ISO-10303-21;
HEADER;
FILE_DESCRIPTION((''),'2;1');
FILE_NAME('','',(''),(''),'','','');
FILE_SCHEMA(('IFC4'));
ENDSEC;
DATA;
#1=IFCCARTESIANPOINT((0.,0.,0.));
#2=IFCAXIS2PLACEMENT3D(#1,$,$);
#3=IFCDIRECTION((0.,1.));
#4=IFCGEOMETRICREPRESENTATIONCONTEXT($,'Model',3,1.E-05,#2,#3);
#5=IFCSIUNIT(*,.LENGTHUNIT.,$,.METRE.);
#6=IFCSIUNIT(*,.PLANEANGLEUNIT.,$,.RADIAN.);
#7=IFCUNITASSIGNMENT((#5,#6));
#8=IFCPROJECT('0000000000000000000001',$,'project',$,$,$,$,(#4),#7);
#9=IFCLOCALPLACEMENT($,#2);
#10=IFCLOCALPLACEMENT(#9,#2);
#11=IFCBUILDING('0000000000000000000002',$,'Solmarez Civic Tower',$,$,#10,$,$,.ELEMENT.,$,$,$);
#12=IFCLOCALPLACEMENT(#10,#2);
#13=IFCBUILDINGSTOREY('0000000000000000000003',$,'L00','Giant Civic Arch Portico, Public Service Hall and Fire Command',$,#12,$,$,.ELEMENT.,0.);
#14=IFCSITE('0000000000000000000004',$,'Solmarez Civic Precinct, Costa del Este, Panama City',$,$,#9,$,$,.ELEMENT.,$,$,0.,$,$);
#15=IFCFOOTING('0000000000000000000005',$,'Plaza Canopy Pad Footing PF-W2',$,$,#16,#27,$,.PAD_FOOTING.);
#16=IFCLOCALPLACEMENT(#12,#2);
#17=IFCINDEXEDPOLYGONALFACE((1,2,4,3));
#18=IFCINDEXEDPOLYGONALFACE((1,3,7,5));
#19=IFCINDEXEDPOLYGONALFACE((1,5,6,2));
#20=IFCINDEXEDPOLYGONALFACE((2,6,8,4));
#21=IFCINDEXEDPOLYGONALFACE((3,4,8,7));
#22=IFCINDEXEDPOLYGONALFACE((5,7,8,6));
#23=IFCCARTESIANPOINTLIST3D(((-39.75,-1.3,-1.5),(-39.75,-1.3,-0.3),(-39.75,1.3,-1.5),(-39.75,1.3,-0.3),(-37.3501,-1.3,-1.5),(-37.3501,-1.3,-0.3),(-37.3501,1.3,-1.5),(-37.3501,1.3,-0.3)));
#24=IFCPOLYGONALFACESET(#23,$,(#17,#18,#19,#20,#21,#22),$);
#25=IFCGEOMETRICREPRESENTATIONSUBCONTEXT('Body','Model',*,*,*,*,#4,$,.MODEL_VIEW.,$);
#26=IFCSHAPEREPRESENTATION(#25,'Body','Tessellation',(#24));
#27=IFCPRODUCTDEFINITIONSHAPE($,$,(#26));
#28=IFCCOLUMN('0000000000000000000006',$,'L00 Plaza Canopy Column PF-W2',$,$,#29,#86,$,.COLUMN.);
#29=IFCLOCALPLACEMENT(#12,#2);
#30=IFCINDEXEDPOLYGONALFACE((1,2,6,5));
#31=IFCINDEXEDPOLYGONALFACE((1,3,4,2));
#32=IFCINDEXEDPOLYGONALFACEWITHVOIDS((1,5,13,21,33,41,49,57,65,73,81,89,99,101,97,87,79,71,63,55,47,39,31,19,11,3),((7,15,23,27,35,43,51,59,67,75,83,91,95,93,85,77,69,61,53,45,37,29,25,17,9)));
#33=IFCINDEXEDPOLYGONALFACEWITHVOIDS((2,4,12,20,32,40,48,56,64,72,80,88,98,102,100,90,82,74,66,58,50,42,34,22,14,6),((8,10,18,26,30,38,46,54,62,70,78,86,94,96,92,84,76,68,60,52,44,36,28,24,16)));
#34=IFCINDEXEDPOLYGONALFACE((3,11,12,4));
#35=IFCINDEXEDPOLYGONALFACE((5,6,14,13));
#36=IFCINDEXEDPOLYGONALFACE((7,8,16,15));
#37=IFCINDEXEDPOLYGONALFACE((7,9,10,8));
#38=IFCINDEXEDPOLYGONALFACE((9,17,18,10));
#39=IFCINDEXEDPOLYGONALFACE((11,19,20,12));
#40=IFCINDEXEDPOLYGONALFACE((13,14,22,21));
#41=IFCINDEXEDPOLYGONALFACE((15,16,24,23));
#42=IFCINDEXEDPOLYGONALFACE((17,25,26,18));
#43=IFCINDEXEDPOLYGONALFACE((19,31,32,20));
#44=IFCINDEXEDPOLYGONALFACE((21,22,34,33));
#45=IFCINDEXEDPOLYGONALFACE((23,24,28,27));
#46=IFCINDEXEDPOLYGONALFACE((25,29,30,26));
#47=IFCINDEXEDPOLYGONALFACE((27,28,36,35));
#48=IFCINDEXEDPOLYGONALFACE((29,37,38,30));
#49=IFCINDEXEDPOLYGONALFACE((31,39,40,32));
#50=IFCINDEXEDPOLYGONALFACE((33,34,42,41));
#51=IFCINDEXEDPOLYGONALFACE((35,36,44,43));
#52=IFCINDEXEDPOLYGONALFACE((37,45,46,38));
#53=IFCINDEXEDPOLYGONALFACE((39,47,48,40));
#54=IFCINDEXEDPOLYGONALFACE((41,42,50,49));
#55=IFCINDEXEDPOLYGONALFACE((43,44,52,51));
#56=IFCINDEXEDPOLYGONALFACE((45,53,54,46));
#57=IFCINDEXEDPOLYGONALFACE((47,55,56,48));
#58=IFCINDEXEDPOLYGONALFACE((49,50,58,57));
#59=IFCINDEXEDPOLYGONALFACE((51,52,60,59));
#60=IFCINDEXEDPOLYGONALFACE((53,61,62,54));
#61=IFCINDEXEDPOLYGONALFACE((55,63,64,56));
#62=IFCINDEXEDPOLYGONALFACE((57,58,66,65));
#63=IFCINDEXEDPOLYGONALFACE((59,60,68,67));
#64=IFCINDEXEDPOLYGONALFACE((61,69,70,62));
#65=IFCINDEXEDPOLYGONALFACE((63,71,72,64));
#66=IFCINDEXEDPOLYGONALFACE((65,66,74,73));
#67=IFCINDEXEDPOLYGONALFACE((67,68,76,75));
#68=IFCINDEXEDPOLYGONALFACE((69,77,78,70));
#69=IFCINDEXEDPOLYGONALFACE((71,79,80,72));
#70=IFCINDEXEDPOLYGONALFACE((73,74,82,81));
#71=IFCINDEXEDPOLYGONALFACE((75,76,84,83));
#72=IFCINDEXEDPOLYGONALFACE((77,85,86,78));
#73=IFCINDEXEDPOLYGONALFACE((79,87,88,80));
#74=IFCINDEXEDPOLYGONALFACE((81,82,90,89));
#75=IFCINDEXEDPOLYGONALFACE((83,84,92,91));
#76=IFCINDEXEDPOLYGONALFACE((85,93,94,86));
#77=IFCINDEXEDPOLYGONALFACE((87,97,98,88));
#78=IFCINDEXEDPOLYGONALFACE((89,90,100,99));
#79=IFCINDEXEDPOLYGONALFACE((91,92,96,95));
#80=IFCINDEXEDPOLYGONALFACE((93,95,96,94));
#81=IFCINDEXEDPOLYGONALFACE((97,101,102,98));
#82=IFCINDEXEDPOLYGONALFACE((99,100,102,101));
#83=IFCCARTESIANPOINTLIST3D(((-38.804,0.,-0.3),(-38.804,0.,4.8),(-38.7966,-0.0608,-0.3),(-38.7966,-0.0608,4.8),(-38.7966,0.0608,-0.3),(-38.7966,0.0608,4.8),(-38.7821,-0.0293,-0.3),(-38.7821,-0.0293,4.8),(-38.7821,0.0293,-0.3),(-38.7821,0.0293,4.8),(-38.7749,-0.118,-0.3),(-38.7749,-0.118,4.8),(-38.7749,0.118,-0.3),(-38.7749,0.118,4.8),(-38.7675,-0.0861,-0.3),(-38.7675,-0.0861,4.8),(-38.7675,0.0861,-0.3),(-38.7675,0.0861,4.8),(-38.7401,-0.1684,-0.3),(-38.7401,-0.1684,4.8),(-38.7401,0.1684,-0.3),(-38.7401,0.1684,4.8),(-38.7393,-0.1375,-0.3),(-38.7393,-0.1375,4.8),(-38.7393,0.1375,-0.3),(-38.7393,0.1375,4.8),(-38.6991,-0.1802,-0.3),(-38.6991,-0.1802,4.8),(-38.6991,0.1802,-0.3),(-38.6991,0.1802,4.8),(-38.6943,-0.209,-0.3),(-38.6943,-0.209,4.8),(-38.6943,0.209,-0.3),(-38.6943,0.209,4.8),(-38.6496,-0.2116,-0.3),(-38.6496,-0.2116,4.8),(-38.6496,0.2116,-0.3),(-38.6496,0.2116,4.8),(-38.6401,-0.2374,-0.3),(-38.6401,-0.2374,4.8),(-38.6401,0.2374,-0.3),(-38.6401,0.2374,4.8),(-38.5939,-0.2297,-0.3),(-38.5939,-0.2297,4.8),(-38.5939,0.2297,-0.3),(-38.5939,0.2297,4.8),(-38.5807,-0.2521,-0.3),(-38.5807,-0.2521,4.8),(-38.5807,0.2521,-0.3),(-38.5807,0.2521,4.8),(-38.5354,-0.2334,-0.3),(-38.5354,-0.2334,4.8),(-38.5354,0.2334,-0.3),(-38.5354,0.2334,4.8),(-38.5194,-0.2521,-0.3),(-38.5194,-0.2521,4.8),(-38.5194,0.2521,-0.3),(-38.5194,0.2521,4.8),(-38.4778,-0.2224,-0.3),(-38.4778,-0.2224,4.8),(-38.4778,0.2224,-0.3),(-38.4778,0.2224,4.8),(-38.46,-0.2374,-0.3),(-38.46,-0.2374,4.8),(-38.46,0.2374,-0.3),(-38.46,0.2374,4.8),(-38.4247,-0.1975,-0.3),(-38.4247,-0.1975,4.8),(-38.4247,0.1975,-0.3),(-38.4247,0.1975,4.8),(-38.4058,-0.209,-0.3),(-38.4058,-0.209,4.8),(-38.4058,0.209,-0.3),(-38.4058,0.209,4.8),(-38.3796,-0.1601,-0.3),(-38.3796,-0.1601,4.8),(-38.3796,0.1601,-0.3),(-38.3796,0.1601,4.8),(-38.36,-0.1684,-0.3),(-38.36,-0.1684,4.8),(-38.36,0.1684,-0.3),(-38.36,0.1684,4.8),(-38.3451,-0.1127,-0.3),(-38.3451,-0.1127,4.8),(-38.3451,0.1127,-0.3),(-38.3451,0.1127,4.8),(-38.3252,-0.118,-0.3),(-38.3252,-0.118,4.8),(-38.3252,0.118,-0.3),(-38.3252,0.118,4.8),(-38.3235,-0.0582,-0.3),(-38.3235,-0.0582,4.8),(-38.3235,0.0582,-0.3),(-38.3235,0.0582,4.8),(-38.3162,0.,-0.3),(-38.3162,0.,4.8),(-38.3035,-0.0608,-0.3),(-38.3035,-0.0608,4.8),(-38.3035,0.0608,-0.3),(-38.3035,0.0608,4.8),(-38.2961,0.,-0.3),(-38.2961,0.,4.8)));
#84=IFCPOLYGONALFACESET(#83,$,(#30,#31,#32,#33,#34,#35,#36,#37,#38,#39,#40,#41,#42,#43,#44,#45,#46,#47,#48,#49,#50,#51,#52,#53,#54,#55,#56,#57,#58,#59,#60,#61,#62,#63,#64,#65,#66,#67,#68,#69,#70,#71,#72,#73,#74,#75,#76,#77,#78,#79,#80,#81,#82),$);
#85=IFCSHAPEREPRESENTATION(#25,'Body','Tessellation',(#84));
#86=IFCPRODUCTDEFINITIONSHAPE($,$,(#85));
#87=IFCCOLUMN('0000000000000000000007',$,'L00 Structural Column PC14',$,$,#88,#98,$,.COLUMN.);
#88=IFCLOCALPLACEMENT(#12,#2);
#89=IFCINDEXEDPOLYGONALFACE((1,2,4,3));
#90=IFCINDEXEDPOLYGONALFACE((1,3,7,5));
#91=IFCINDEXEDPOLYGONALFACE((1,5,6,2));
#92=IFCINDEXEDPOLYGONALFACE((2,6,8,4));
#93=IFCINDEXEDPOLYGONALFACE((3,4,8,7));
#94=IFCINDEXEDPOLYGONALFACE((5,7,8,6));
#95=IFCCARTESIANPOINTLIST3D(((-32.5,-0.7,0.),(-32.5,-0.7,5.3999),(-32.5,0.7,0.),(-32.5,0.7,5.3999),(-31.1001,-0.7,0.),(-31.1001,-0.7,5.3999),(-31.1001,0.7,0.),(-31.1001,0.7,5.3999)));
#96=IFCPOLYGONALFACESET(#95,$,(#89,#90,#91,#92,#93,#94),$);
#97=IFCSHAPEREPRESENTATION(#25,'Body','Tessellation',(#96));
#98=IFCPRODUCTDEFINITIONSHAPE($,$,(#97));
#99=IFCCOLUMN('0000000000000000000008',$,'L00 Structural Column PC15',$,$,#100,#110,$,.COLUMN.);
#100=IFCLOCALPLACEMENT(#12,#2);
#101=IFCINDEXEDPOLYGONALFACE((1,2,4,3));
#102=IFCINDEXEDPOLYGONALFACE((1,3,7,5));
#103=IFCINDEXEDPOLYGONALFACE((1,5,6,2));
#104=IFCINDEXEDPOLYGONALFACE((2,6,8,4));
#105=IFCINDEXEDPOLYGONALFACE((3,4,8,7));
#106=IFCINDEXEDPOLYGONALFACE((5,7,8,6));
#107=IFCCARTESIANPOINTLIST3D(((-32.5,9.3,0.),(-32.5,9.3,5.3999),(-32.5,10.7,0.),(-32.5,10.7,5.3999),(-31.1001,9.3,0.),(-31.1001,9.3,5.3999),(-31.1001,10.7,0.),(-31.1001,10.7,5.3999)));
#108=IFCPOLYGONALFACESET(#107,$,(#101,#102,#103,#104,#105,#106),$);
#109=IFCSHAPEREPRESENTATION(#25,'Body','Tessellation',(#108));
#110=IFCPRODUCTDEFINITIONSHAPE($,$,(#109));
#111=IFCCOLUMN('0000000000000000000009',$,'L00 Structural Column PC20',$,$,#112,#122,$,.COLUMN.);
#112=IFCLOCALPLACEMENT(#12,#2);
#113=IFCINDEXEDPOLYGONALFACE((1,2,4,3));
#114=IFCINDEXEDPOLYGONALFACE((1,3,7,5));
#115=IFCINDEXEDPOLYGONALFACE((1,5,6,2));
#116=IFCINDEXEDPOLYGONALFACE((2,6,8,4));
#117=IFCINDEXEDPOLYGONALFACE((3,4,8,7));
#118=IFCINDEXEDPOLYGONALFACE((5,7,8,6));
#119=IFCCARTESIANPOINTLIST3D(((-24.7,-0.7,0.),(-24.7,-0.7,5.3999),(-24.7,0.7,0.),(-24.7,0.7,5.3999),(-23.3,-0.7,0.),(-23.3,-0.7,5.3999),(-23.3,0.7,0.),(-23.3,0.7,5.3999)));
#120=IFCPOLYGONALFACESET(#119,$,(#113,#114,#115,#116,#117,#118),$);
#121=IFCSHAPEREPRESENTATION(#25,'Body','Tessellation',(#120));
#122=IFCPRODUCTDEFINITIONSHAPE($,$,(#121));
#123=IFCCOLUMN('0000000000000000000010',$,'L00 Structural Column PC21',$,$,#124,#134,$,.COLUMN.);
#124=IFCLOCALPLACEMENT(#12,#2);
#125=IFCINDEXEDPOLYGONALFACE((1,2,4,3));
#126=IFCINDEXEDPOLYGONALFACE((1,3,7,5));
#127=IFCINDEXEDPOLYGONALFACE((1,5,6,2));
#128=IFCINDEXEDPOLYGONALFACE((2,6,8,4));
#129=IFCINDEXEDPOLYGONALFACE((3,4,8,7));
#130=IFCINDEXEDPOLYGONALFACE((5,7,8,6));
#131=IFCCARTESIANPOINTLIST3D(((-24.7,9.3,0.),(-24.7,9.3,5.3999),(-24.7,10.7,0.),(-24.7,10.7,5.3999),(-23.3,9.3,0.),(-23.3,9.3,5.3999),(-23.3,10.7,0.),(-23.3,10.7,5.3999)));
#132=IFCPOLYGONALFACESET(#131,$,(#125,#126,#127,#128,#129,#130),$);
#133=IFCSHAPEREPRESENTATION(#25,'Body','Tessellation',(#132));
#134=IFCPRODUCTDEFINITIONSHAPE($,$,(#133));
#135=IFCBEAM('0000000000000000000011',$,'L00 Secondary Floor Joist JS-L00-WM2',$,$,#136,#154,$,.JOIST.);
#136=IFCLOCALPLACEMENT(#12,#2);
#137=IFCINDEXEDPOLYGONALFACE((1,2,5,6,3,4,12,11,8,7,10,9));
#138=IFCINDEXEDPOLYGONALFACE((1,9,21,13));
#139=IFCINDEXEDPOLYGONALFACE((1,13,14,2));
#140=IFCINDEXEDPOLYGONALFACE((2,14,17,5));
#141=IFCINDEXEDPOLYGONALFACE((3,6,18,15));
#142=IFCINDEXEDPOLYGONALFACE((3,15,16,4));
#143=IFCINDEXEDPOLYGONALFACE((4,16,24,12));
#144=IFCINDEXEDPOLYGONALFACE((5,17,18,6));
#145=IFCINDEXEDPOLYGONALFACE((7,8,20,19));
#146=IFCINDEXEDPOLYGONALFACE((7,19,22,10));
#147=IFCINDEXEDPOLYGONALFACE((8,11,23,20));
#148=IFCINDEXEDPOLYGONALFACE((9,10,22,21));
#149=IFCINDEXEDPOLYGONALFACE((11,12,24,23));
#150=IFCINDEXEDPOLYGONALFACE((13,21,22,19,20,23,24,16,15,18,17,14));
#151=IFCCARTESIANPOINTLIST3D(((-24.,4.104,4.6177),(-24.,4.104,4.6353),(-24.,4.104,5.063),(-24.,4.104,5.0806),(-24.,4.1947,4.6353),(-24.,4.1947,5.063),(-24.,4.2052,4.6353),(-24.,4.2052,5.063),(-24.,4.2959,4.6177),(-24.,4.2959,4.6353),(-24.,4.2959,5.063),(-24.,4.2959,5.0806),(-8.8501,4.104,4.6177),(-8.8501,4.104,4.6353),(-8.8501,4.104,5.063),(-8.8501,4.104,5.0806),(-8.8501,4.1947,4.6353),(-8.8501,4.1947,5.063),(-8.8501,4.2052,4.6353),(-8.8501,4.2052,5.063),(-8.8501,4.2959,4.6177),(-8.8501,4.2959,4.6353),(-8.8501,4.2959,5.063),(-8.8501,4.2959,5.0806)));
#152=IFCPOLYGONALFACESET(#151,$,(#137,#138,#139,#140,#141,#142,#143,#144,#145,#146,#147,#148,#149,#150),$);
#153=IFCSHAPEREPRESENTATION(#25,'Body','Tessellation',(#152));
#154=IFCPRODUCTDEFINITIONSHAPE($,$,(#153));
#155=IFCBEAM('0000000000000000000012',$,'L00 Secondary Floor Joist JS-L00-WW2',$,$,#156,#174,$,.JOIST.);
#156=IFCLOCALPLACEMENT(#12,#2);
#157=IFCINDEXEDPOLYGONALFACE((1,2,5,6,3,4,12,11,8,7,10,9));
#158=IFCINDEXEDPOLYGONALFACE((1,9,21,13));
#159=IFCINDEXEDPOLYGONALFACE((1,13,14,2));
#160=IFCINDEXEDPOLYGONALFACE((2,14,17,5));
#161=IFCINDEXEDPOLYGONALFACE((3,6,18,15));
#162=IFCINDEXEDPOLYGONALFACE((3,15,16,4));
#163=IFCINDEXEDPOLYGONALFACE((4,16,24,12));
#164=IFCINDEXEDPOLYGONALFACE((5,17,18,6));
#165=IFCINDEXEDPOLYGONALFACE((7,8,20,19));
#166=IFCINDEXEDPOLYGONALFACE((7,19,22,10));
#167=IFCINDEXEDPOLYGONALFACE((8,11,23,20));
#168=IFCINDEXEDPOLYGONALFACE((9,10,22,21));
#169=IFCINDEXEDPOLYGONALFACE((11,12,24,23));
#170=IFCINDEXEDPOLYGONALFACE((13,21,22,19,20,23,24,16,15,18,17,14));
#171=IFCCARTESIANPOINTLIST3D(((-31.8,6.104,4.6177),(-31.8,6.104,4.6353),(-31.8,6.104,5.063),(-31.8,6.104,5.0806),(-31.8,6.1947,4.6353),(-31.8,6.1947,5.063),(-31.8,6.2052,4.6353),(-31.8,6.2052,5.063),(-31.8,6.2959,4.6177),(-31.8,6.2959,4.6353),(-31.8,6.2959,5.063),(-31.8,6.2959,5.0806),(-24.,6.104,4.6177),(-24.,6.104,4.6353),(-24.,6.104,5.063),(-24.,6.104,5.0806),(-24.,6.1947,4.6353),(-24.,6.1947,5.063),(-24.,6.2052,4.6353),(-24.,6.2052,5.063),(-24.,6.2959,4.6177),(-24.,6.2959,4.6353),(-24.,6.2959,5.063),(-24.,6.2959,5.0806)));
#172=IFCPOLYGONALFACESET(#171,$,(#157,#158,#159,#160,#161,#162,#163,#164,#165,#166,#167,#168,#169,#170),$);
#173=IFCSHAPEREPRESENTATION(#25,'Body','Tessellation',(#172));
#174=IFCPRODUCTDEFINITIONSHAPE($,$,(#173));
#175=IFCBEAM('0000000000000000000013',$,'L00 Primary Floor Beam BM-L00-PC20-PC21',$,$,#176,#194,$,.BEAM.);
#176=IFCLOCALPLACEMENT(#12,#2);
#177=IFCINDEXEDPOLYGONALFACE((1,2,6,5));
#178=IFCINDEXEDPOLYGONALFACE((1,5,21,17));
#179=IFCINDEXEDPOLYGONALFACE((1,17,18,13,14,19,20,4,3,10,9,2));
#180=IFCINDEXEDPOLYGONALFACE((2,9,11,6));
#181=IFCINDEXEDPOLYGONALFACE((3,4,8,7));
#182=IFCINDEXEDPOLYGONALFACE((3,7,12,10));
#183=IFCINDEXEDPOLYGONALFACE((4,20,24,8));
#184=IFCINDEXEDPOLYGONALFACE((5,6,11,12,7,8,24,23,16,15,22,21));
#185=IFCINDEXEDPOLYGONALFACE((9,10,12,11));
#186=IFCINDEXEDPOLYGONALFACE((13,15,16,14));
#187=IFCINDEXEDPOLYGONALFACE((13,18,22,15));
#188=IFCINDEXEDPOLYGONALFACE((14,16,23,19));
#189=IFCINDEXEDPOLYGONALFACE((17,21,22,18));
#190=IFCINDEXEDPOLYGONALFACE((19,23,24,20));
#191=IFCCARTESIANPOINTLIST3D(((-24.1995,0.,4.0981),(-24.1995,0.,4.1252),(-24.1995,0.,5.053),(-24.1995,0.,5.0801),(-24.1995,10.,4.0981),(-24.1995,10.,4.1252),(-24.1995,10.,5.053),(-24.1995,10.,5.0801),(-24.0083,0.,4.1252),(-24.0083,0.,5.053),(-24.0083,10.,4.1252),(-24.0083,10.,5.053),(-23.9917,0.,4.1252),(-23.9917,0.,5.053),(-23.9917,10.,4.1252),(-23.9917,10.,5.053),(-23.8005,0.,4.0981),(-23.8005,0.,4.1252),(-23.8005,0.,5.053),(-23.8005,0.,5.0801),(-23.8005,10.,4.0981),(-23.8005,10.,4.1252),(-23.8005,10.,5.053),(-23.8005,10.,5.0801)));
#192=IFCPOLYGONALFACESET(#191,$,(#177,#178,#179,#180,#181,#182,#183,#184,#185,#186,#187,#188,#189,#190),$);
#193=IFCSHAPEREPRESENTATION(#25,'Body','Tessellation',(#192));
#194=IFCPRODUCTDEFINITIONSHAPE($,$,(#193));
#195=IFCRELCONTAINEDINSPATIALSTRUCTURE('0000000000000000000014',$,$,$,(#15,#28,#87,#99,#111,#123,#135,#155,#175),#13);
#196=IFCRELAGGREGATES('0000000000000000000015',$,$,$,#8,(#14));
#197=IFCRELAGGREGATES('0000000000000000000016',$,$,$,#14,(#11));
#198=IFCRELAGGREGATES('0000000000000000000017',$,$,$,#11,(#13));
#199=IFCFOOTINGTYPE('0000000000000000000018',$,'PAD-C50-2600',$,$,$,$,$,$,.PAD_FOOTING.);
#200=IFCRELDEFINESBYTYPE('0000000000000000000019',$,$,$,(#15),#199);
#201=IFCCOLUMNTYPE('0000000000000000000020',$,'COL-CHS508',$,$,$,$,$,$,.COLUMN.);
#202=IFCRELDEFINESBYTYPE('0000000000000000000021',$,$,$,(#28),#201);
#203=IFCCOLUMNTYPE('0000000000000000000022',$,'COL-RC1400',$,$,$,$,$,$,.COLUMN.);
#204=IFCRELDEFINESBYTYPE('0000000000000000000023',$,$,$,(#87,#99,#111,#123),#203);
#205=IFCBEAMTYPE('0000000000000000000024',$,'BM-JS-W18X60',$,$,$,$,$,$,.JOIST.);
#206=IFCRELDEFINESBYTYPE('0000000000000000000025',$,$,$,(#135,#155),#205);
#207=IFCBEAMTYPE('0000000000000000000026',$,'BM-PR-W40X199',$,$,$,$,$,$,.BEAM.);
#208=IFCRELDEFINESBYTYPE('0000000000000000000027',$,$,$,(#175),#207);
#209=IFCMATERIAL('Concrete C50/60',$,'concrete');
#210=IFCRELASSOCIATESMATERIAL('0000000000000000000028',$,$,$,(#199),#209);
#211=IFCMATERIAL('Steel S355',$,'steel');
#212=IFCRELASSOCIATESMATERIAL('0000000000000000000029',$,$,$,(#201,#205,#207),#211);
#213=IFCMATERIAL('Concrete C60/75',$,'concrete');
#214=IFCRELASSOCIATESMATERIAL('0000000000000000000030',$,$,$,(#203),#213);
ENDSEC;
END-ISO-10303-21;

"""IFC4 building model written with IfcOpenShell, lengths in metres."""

from ifc_helpers import new_model, si_unit, direction, frame, origin, origin_2d, place, context, subcontext, project, spatial, rectangle, hollow_circle, i_section, extrude, material, material_profile, profile_set, type_object, element, save


model = new_model("IFC4")

# Units and contexts
model_context = context("Model", 3, precision=1e-05, world=origin(), true_north=direction((0.0, 1.0)))
body_context = subcontext(model_context, "Body", "Model", "MODEL_VIEW")
ifc_project = project(units=[si_unit("LENGTHUNIT", "METRE"), si_unit("PLANEANGLEUNIT", "RADIAN")], contexts=[model_context])

# Site, building, storey
site_placement = place(None, origin())
site = spatial("IfcSite", under=ifc_project, at=site_placement, Name="Solmarez Civic Precinct, Costa del Este, Panama City", CompositionType="ELEMENT", RefElevation=0.0)
building_placement = place(site_placement, origin())
building = spatial("IfcBuilding", under=site, at=building_placement, Name="Solmarez Civic Tower", CompositionType="ELEMENT")
storey_placement = place(building_placement, origin())
storey = spatial("IfcBuildingStorey", under=building, at=storey_placement, Name="L00", Description="Giant Civic Arch Portico, Public Service Hall and Fire Command", CompositionType="ELEMENT", Elevation=0.0)

# Footing
ifc_material_1 = material(Name="Concrete C50/60", Category="concrete")
footing_type = type_object("IfcFootingType", Name="PAD-C50-2600", PredefinedType="PAD_FOOTING", material=ifc_material_1)
footing_placement = place(storey_placement, frame((-38.55, 0.0, -1.5), z_axis=(0.0, 0.0, 1.0), x_axis=(1.0, 0.0, 0.0)))
element("IfcFooting", 1, at=footing_placement, inside=storey, type_object=footing_type, Name="Plaza Canopy Pad Footing PF-W2", PredefinedType="PAD_FOOTING", context=body_context, shape_type="SweptSolid", body=[
    extrude(rectangle(XDim=2.3999, YDim=2.6001, at=origin_2d()), origin(), (0.0, 0.0, 1.0), 1.2),
])

# Columns
ifc_material_2 = material(Name="Steel S355", Category="steel")
ifc_material_profile_1 = material_profile(ifc_material_2, hollow_circle(Radius=0.2539, WallThickness=0.02, at=origin_2d()), Name="CHS508X20")
ifc_profile_set_1 = profile_set([ifc_material_profile_1], Name="Steel S355")
column_type_1 = type_object("IfcColumnType", Name="COL-CHS508", PredefinedType="COLUMN", material=ifc_profile_set_1)
column_placement = place(storey_placement, frame((-38.55, 0.0, -0.3), z_axis=(0.0, 0.0, 1.0), x_axis=(1.0, 0.0, 0.0)))
element("IfcColumn", 2, at=column_placement, inside=storey, type_object=column_type_1, Name="L00 Plaza Canopy Column PF-W2", PredefinedType="COLUMN", context=body_context, shape_type="SweptSolid", body=[
    extrude(hollow_circle(Radius=0.2539, WallThickness=0.02, at=origin_2d()), origin(), (0.0, 0.0, 1.0), 5.1001),
])
ifc_material_3 = material(Name="Concrete C60/75", Category="concrete")
ifc_material_profile_2 = material_profile(ifc_material_3, rectangle(XDim=1.3999, YDim=1.3999, at=origin_2d()), Name="RC1400X1400")
ifc_profile_set_2 = profile_set([ifc_material_profile_2], Name="Concrete C60/75")
column_type_2 = type_object("IfcColumnType", Name="COL-RC1400", PredefinedType="COLUMN", material=ifc_profile_set_2)
for number, where, z_axis, x_axis, name in (
    (3, (-31.8, 0.0, 0.0), (0.0, 0.0, 1.0), (1.0, 0.0, 0.0), "L00 Structural Column PC14"),
    (4, (-31.8, 10.0, 0.0), (0.0, 0.0, 1.0), (1.0, 0.0, 0.0), "L00 Structural Column PC15"),
    (5, (-24.0, 0.0, 0.0), (0.0, 0.0, 1.0), (1.0, 0.0, 0.0), "L00 Structural Column PC20"),
    (6, (-24.0, 10.0, 0.0), (0.0, 0.0, 1.0), (1.0, 0.0, 0.0), "L00 Structural Column PC21"),
):
    element("IfcColumn", number, at=place(storey_placement, frame(where, z_axis=z_axis, x_axis=x_axis)), inside=storey, type_object=column_type_2, Name=name, PredefinedType="COLUMN", context=body_context, shape_type="SweptSolid", body=[
        extrude(rectangle(XDim=1.3999, YDim=1.3999, at=origin_2d()), origin(), (0.0, 0.0, 1.0), 5.3999),
    ])

# Beams
ifc_material_profile_3 = material_profile(ifc_material_2, i_section(OverallWidth=0.1919, OverallDepth=0.4629, WebThickness=0.0105, FlangeThickness=0.0176, at=origin_2d()), Name="W18X60")
ifc_profile_set_3 = profile_set([ifc_material_profile_3], Name="Steel S355")
beam_type_1 = type_object("IfcBeamType", Name="BM-JS-W18X60", PredefinedType="JOIST", material=ifc_profile_set_3)
beam_1_placement = place(storey_placement, frame((-24.0, 4.2, 4.8491), z_axis=(1.0, 0.0, 0.0), x_axis=(0.0, 1.0, 0.0)))
element("IfcBeam", 7, at=beam_1_placement, inside=storey, type_object=beam_type_1, Name="L00 Secondary Floor Joist JS-L00-WM2", PredefinedType="JOIST", context=body_context, shape_type="SweptSolid", body=[
    extrude(i_section(OverallWidth=0.1919, OverallDepth=0.4629, WebThickness=0.0105, FlangeThickness=0.0176, at=origin_2d()), origin(), (0.0, 0.0, 1.0), 15.1499),
])
beam_2_placement = place(storey_placement, frame((-31.8, 6.2, 4.8491), z_axis=(1.0, 0.0, 0.0), x_axis=(0.0, 1.0, 0.0)))
element("IfcBeam", 8, at=beam_2_placement, inside=storey, type_object=beam_type_1, Name="L00 Secondary Floor Joist JS-L00-WW2", PredefinedType="JOIST", context=body_context, shape_type="SweptSolid", body=[
    extrude(i_section(OverallWidth=0.1919, OverallDepth=0.4629, WebThickness=0.0105, FlangeThickness=0.0176, at=origin_2d()), origin(), (0.0, 0.0, 1.0), 7.8),
])
ifc_material_profile_4 = material_profile(ifc_material_2, i_section(OverallWidth=0.3989, OverallDepth=0.9819, WebThickness=0.0166, FlangeThickness=0.0271, at=origin_2d()), Name="W40X199")
ifc_profile_set_4 = profile_set([ifc_material_profile_4], Name="Steel S355")
beam_type_2 = type_object("IfcBeamType", Name="BM-PR-W40X199", PredefinedType="BEAM", material=ifc_profile_set_4)
beam_3_placement = place(storey_placement, frame((-24.0, 0.0, 4.5891), z_axis=(0.0, 1.0, 0.0), x_axis=(-1.0, 0.0, 0.0)))
element("IfcBeam", 9, at=beam_3_placement, inside=storey, type_object=beam_type_2, Name="L00 Primary Floor Beam BM-L00-PC20-PC21", PredefinedType="BEAM", context=body_context, shape_type="SweptSolid", body=[
    extrude(i_section(OverallWidth=0.3989, OverallDepth=0.9819, WebThickness=0.0166, FlangeThickness=0.0271, at=origin_2d()), origin(), (0.0, 0.0, 1.0), 10.0),
])

save(model, "model.ifc")
